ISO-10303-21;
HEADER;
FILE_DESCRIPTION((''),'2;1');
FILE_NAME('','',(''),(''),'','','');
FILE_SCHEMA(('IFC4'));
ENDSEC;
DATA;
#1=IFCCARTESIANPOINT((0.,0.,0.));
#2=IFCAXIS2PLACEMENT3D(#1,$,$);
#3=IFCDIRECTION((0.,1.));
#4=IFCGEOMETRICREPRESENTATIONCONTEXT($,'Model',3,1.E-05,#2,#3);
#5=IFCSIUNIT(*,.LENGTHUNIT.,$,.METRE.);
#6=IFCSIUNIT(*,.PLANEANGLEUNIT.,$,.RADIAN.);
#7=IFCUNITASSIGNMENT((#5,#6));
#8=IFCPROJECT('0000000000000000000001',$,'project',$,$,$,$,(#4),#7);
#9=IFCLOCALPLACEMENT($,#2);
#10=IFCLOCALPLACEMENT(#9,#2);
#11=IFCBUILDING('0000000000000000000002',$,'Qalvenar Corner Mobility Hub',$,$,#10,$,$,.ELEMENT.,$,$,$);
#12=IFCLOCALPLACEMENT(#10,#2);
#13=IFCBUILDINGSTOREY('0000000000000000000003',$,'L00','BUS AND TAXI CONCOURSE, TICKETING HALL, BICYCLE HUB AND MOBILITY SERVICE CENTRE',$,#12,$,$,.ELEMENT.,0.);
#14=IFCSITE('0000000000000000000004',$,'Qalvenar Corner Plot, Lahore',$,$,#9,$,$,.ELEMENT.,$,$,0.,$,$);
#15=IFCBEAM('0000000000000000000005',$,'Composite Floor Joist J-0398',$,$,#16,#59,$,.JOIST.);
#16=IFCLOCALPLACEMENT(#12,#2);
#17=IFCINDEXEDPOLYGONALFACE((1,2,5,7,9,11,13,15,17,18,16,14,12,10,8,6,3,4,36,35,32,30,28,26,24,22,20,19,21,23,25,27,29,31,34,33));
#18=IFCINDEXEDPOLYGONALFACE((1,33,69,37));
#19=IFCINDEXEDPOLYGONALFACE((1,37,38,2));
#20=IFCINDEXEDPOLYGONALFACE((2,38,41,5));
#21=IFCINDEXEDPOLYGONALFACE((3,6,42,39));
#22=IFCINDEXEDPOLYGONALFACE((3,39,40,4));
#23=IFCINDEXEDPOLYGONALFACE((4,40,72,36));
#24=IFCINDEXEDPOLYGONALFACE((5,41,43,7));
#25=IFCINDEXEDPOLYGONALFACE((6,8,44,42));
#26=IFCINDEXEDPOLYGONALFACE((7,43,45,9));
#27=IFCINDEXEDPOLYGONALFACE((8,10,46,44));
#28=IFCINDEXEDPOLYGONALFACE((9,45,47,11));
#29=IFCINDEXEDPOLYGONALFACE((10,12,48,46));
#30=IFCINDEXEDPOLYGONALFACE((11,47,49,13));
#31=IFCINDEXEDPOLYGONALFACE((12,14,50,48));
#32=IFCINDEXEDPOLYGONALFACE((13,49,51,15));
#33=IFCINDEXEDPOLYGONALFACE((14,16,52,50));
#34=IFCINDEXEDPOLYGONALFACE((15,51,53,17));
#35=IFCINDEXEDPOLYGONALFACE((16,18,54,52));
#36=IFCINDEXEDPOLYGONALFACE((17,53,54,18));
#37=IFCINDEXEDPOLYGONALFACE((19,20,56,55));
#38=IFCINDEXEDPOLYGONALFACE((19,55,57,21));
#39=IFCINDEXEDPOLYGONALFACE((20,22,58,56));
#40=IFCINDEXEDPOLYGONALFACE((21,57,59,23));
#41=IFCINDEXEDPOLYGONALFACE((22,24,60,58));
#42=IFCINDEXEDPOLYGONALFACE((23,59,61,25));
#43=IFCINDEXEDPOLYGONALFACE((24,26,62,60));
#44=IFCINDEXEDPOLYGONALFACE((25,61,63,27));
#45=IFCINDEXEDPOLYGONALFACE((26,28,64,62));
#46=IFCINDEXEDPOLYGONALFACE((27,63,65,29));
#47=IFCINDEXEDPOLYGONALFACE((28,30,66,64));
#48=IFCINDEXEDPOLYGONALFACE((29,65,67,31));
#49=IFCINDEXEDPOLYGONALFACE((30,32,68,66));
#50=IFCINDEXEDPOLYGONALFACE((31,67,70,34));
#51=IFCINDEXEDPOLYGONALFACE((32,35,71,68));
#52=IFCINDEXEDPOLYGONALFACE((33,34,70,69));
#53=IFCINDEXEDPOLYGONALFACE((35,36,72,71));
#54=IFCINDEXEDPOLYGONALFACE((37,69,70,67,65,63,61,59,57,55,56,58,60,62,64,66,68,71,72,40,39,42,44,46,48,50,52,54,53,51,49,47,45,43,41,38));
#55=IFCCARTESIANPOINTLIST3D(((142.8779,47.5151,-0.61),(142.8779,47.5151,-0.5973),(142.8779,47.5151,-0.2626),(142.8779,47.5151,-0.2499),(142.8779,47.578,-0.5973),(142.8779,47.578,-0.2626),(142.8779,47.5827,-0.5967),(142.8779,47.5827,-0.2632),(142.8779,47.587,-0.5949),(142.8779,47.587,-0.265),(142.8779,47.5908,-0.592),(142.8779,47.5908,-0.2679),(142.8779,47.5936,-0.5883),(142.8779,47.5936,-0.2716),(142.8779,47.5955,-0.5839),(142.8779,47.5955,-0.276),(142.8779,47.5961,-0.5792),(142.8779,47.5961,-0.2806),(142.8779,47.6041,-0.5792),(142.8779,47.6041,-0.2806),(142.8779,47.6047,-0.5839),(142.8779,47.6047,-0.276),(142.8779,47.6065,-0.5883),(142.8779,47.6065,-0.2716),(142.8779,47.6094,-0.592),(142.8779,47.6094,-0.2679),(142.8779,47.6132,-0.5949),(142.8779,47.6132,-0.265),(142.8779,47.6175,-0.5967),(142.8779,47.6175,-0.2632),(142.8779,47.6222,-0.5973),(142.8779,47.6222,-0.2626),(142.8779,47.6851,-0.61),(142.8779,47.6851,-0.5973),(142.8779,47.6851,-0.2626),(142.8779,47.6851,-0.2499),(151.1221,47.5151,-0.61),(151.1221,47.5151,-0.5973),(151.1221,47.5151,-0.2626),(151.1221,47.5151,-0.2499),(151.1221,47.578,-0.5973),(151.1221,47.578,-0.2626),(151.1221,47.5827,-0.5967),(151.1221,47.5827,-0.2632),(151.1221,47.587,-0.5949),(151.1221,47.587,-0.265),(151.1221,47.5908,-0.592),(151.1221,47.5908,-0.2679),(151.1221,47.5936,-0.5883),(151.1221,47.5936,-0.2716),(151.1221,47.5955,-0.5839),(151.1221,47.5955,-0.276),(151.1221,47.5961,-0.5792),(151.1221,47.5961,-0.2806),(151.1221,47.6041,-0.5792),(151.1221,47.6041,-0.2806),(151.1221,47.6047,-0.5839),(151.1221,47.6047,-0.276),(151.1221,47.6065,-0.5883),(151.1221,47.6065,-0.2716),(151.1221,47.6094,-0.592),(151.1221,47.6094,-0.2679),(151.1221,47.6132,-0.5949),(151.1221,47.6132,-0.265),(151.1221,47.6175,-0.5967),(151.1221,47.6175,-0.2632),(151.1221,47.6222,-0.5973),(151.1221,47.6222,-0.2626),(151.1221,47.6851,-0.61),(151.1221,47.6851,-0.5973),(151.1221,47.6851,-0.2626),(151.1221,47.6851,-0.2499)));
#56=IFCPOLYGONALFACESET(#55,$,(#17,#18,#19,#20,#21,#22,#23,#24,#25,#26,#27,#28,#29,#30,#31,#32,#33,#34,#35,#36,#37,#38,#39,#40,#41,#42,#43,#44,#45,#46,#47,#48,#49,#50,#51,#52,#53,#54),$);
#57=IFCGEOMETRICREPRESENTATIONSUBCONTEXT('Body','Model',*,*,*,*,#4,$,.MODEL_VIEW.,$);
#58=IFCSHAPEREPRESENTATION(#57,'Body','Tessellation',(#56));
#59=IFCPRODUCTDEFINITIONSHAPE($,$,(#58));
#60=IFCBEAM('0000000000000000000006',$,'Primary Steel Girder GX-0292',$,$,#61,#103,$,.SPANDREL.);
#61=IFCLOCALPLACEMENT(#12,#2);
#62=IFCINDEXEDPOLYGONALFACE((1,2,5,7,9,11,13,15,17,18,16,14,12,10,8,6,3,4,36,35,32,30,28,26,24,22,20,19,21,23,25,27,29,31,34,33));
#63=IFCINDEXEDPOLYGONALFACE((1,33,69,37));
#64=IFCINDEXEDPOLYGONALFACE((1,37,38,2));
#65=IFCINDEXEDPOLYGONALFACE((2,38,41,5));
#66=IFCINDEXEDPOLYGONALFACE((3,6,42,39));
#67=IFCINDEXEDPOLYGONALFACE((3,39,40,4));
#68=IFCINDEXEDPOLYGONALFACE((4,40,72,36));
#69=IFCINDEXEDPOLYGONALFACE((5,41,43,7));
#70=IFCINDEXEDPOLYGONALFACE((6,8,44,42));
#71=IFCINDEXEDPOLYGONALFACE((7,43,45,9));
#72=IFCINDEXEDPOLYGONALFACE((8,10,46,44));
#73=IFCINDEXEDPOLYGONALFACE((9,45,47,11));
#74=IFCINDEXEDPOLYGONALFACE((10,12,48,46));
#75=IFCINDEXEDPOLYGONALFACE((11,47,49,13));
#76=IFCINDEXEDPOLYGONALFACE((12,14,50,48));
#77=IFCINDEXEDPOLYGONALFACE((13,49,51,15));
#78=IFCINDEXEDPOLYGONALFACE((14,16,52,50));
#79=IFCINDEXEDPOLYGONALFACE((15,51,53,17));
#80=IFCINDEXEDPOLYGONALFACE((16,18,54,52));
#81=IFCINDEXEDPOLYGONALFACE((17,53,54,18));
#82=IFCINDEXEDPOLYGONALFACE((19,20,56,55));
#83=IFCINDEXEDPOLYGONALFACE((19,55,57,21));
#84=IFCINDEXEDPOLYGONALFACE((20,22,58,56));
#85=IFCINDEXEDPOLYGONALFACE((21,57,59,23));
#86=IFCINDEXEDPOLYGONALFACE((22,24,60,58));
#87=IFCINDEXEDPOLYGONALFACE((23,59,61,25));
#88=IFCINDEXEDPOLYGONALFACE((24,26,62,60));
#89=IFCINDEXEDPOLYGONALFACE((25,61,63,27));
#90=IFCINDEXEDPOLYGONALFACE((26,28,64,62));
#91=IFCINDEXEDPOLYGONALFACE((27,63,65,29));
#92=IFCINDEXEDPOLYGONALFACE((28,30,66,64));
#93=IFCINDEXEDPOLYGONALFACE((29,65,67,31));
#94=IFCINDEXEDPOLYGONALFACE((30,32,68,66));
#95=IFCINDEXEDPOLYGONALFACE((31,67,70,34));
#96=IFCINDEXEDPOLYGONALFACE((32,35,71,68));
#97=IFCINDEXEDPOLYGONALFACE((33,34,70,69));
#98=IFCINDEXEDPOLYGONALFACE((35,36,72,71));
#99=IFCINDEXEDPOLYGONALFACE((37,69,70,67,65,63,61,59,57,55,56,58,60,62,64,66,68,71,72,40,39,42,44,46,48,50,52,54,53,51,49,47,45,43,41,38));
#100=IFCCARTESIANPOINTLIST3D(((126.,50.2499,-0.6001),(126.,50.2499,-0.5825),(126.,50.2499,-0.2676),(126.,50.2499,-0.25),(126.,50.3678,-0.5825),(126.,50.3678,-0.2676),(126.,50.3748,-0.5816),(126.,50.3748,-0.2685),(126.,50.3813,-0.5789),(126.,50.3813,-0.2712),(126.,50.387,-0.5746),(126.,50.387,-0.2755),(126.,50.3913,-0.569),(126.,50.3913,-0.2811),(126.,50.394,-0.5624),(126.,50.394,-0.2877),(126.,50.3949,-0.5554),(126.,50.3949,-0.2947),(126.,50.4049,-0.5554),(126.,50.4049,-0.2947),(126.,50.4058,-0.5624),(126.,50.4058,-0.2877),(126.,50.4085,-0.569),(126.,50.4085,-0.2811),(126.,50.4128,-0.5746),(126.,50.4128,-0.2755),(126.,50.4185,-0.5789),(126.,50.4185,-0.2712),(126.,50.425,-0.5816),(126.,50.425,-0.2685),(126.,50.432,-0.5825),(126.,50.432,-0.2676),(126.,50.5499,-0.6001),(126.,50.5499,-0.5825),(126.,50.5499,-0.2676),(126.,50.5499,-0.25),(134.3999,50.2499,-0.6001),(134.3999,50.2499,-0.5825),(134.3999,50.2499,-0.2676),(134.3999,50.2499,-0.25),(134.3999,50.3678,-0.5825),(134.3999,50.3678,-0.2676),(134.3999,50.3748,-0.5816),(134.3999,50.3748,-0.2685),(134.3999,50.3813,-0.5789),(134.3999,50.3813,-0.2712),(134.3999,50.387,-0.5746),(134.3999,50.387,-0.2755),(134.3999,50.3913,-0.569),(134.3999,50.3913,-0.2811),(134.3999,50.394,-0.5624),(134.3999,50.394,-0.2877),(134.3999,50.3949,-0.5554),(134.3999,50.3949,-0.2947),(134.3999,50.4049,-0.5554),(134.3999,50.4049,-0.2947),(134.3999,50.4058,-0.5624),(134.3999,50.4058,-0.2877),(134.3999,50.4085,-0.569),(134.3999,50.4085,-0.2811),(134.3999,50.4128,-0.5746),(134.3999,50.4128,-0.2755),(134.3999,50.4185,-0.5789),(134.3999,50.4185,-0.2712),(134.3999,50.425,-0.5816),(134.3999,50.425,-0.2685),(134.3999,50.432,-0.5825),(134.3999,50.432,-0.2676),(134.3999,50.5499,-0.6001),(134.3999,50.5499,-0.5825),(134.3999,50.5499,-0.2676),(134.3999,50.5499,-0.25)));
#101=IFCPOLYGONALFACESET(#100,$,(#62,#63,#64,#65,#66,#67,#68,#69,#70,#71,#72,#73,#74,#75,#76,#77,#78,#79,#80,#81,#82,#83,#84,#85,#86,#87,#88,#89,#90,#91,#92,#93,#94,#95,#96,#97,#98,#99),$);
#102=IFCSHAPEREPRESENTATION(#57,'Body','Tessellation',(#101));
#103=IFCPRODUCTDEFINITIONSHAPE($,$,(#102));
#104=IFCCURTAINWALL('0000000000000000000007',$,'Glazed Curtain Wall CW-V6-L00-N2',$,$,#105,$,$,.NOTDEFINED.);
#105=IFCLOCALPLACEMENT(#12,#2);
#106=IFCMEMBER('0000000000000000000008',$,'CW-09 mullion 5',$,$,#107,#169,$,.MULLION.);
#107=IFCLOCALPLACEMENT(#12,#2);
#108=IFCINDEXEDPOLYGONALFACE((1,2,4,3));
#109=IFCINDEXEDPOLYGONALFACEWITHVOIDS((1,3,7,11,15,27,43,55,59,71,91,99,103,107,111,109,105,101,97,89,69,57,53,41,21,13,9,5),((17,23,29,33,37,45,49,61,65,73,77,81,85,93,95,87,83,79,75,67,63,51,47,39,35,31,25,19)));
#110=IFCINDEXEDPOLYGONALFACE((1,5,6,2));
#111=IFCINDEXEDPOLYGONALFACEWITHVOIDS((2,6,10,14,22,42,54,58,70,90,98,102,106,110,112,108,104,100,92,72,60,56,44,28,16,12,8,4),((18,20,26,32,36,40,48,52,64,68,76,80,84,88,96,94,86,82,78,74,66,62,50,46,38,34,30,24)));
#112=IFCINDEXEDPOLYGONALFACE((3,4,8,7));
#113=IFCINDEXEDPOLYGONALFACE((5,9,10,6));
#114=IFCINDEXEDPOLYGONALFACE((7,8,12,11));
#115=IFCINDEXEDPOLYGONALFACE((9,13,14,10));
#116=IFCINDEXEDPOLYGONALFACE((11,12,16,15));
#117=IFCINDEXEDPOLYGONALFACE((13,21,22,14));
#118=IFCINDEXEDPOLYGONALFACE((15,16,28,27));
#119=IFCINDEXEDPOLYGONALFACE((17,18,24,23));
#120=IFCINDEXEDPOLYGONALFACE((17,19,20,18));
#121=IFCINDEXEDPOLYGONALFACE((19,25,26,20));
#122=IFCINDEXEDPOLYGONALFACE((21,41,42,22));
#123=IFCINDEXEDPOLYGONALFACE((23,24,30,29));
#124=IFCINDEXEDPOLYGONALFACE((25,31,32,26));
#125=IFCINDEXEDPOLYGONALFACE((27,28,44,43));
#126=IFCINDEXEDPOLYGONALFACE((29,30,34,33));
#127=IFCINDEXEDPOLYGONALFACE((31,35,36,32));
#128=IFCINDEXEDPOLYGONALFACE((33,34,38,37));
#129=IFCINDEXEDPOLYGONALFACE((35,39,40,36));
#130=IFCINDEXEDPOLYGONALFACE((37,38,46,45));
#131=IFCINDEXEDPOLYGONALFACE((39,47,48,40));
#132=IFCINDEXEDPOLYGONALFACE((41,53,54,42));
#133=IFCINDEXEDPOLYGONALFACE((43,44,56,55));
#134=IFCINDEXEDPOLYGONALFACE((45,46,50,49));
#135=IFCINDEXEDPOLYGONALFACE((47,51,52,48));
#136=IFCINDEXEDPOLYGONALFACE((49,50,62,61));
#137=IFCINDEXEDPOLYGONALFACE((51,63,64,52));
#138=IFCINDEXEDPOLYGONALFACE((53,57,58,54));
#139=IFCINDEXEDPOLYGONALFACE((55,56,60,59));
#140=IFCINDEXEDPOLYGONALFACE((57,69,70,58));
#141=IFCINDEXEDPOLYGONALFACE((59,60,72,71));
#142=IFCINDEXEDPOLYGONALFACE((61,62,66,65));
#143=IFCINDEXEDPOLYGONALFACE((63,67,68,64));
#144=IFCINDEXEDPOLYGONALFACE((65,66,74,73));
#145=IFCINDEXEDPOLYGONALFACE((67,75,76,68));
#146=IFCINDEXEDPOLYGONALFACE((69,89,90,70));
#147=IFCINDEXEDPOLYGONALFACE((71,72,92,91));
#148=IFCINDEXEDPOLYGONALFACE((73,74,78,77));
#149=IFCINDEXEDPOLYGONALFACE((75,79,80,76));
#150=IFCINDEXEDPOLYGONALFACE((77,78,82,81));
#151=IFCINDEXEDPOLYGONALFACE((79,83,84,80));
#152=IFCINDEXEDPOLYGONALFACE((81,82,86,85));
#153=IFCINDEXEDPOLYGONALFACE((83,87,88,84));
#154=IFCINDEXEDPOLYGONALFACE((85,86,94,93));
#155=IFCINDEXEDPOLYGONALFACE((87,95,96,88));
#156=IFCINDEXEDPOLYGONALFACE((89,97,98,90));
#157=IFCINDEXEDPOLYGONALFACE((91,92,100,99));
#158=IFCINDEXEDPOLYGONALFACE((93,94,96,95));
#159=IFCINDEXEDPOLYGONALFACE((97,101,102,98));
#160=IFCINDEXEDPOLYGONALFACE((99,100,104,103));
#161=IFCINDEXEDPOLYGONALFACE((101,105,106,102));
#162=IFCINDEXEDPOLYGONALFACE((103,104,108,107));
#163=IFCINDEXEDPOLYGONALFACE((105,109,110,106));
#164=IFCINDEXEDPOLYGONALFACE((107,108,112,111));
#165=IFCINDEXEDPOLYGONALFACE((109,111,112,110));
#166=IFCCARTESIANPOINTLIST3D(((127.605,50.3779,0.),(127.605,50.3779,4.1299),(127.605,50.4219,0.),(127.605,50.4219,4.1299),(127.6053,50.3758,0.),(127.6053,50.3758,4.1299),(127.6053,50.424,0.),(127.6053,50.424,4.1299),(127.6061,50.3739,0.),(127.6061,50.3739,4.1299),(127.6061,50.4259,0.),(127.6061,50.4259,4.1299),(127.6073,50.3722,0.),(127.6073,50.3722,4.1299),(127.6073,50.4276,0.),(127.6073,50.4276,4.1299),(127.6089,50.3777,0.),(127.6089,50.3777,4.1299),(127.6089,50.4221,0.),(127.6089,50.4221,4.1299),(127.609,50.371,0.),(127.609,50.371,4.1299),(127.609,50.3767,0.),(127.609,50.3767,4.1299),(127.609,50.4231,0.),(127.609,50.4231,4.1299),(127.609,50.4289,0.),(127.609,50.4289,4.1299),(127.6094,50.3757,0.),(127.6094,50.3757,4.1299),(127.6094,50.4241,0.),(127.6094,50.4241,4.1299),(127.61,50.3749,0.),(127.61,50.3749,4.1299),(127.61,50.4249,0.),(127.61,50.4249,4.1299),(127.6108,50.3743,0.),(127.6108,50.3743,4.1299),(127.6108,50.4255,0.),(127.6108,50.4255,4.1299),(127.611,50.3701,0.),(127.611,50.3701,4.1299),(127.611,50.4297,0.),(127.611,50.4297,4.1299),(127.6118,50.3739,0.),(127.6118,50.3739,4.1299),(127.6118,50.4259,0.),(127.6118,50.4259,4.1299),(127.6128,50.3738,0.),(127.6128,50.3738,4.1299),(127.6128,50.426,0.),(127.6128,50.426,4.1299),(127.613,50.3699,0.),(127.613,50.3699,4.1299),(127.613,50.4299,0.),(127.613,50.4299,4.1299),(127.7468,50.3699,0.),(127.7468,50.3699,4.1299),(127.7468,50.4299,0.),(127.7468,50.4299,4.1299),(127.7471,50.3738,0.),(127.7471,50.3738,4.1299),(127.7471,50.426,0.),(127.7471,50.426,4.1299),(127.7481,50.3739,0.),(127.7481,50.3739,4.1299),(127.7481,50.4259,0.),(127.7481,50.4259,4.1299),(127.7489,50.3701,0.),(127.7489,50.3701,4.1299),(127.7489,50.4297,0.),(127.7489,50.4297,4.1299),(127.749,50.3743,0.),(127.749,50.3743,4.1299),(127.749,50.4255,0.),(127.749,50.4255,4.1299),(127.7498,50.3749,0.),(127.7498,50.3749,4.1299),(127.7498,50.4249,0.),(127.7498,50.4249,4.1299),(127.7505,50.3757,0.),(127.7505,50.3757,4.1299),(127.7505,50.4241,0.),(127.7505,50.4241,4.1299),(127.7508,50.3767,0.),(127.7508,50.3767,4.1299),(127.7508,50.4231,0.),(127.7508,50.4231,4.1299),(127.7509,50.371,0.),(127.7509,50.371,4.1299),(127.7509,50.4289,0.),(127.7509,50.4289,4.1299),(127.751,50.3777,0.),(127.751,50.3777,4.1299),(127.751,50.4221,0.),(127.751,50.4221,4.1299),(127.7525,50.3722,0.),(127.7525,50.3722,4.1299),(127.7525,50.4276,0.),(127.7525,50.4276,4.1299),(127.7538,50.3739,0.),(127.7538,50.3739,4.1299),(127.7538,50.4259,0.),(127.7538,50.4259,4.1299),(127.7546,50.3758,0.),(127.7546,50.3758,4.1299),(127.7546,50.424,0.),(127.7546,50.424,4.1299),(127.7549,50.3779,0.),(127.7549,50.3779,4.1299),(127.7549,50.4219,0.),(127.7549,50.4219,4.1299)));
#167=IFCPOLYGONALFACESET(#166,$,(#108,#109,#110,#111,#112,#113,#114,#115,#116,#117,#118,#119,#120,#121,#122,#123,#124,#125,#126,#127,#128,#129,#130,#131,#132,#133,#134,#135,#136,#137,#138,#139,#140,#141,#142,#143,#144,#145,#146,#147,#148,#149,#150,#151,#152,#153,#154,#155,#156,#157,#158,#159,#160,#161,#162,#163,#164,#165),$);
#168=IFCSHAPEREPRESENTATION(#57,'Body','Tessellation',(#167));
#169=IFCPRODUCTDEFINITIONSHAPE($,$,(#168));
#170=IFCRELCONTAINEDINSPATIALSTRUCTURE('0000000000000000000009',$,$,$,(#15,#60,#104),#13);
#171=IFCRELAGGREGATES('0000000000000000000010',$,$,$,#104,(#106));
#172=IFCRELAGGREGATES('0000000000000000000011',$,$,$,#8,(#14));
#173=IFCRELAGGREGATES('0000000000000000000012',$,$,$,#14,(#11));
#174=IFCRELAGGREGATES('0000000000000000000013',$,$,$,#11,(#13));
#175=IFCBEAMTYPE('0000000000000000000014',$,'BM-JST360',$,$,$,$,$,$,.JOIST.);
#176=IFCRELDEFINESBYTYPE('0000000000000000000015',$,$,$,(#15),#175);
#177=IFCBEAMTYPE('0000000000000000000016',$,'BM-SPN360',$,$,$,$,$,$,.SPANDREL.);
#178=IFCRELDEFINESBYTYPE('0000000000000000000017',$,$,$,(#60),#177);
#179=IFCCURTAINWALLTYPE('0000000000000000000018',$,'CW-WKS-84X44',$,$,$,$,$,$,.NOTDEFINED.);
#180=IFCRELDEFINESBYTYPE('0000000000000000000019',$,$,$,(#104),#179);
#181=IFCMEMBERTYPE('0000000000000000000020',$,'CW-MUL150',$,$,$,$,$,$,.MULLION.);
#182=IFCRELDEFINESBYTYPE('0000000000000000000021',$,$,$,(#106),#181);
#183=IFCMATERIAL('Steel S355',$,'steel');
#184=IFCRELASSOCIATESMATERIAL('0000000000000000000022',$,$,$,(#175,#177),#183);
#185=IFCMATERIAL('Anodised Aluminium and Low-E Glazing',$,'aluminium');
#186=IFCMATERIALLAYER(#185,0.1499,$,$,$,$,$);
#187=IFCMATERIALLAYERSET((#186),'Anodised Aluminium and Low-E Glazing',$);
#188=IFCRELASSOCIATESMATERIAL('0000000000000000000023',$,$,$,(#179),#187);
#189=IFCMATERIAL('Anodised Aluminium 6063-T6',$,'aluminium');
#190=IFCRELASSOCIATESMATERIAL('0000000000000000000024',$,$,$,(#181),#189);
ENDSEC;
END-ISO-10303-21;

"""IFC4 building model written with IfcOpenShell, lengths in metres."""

from ifc_helpers import new_model, si_unit, direction, frame, origin, origin_2d, place, context, subcontext, project, spatial, hollow_rectangle, i_section, extrude, material, layer, layer_set, material_profile, profile_set, type_object, element, aggregate, save


model = new_model("IFC4")

# Units and contexts
model_context = context("Model", 3, precision=1e-05, world=origin(), true_north=direction((0.0, 1.0)))
body_context = subcontext(model_context, "Body", "Model", "MODEL_VIEW")
ifc_project = project(units=[si_unit("LENGTHUNIT", "METRE"), si_unit("PLANEANGLEUNIT", "RADIAN")], contexts=[model_context])

# Site, building, storey
site_placement = place(None, origin())
site = spatial("IfcSite", under=ifc_project, at=site_placement, Name="Qalvenar Corner Plot, Lahore", CompositionType="ELEMENT", RefElevation=0.0)
building_placement = place(site_placement, origin())
building = spatial("IfcBuilding", under=site, at=building_placement, Name="Qalvenar Corner Mobility Hub", CompositionType="ELEMENT")
storey_placement = place(building_placement, origin())
storey = spatial("IfcBuildingStorey", under=building, at=storey_placement, Name="L00", Description="BUS AND TAXI CONCOURSE, TICKETING HALL, BICYCLE HUB AND MOBILITY SERVICE CENTRE", CompositionType="ELEMENT", Elevation=0.0)

# Shared definitions
ifc_material_1 = material(Name="Steel S355", Category="steel")

# Beams
ifc_material_profile_1 = material_profile(ifc_material_1, i_section(OverallWidth=0.1699, OverallDepth=0.3601, WebThickness=0.0081, FlangeThickness=0.0127, FilletRadius=0.0181, at=origin_2d()), Name="IPE360")
ifc_profile_set_1 = profile_set([ifc_material_profile_1], Name="Steel S355")
beam_type_1 = type_object("IfcBeamType", Name="BM-JST360", PredefinedType="JOIST", material=ifc_profile_set_1)
for number, where, z_axis, x_axis, name in (
    (1, (142.8779, 47.6001, -0.4299), (1.0, 0.0, 0.0), (0.0, 1.0, 0.0), "Composite Floor Joist J-0398"),
):
    element("IfcBeam", number, at=place(storey_placement, frame(where, z_axis=z_axis, x_axis=x_axis)), inside=storey, type_object=beam_type_1, Name=name, PredefinedType="JOIST", context=body_context, shape_type="SweptSolid", body=[
        extrude(i_section(OverallWidth=0.1699, OverallDepth=0.3601, WebThickness=0.0081, FlangeThickness=0.0127, FilletRadius=0.0181, at=origin_2d()), origin(), (0.0, 0.0, 1.0), 8.2441),
    ])
ifc_material_profile_2 = material_profile(ifc_material_1, i_section(OverallWidth=0.3, OverallDepth=0.3501, WebThickness=0.01, FlangeThickness=0.0176, FilletRadius=0.0271, at=origin_2d()), Name="HEA360")
ifc_profile_set_2 = profile_set([ifc_material_profile_2], Name="Steel S355")
beam_type_2 = type_object("IfcBeamType", Name="BM-SPN360", PredefinedType="SPANDREL", material=ifc_profile_set_2)
beam_1_placement = place(storey_placement, frame((126.0, 50.3999, -0.425), z_axis=(1.0, 0.0, 0.0), x_axis=(0.0, 1.0, 0.0)))
element("IfcBeam", 2, at=beam_1_placement, inside=storey, type_object=beam_type_2, Name="Primary Steel Girder GX-0292", PredefinedType="SPANDREL", context=body_context, shape_type="SweptSolid", body=[
    extrude(i_section(OverallWidth=0.3, OverallDepth=0.3501, WebThickness=0.01, FlangeThickness=0.0176, FilletRadius=0.0271, at=origin_2d()), origin(), (0.0, 0.0, 1.0), 8.3999),
])

# Curtain wall, member
ifc_material_2 = material(Name="Anodised Aluminium and Low-E Glazing", Category="aluminium")
ifc_layer_1 = layer(ifc_material_2, 0.1499)
ifc_layer_set_1 = layer_set([ifc_layer_1], Name="Anodised Aluminium and Low-E Glazing")
curtain_wall_type = type_object("IfcCurtainWallType", Name="CW-WKS-84X44", PredefinedType="NOTDEFINED", material=ifc_layer_set_1)
curtain_wall_placement = place(storey_placement, origin())
curtain_wall = element("IfcCurtainWall", 3, at=curtain_wall_placement, inside=storey, type_object=curtain_wall_type, Name="Glazed Curtain Wall CW-V6-L00-N2", PredefinedType="NOTDEFINED")
ifc_material_3 = material(Name="Anodised Aluminium 6063-T6", Category="aluminium")
ifc_material_profile_3 = material_profile(ifc_material_3, hollow_rectangle(XDim=0.0601, YDim=0.1499, WallThickness=0.0039, InnerFilletRadius=0.0039, OuterFilletRadius=0.0081, at=origin_2d()), Name="RHS150x60x4")
ifc_profile_set_3 = profile_set([ifc_material_profile_3], Name="Anodised Aluminium 6063-T6")
member_type_1 = type_object("IfcMemberType", Name="CW-MUL150", PredefinedType="MULLION", material=ifc_profile_set_3)
member_1_placement = place(storey_placement, frame((127.6799, 50.3999, 0.0), z_axis=(0.0, 0.0, 1.0), x_axis=(0.0, -1.0, 0.0)))
member_1 = element("IfcMember", 4, at=member_1_placement, type_object=member_type_1, Name="CW-09 mullion 5", PredefinedType="MULLION", context=body_context, shape_type="SweptSolid", body=[
    extrude(hollow_rectangle(XDim=0.0601, YDim=0.1499, WallThickness=0.0039, InnerFilletRadius=0.0039, OuterFilletRadius=0.0081, at=origin_2d()), origin(), (0.0, 0.0, 1.0), 4.1299),
])
aggregate(curtain_wall, [member_1])

save(model, "model.ifc")
